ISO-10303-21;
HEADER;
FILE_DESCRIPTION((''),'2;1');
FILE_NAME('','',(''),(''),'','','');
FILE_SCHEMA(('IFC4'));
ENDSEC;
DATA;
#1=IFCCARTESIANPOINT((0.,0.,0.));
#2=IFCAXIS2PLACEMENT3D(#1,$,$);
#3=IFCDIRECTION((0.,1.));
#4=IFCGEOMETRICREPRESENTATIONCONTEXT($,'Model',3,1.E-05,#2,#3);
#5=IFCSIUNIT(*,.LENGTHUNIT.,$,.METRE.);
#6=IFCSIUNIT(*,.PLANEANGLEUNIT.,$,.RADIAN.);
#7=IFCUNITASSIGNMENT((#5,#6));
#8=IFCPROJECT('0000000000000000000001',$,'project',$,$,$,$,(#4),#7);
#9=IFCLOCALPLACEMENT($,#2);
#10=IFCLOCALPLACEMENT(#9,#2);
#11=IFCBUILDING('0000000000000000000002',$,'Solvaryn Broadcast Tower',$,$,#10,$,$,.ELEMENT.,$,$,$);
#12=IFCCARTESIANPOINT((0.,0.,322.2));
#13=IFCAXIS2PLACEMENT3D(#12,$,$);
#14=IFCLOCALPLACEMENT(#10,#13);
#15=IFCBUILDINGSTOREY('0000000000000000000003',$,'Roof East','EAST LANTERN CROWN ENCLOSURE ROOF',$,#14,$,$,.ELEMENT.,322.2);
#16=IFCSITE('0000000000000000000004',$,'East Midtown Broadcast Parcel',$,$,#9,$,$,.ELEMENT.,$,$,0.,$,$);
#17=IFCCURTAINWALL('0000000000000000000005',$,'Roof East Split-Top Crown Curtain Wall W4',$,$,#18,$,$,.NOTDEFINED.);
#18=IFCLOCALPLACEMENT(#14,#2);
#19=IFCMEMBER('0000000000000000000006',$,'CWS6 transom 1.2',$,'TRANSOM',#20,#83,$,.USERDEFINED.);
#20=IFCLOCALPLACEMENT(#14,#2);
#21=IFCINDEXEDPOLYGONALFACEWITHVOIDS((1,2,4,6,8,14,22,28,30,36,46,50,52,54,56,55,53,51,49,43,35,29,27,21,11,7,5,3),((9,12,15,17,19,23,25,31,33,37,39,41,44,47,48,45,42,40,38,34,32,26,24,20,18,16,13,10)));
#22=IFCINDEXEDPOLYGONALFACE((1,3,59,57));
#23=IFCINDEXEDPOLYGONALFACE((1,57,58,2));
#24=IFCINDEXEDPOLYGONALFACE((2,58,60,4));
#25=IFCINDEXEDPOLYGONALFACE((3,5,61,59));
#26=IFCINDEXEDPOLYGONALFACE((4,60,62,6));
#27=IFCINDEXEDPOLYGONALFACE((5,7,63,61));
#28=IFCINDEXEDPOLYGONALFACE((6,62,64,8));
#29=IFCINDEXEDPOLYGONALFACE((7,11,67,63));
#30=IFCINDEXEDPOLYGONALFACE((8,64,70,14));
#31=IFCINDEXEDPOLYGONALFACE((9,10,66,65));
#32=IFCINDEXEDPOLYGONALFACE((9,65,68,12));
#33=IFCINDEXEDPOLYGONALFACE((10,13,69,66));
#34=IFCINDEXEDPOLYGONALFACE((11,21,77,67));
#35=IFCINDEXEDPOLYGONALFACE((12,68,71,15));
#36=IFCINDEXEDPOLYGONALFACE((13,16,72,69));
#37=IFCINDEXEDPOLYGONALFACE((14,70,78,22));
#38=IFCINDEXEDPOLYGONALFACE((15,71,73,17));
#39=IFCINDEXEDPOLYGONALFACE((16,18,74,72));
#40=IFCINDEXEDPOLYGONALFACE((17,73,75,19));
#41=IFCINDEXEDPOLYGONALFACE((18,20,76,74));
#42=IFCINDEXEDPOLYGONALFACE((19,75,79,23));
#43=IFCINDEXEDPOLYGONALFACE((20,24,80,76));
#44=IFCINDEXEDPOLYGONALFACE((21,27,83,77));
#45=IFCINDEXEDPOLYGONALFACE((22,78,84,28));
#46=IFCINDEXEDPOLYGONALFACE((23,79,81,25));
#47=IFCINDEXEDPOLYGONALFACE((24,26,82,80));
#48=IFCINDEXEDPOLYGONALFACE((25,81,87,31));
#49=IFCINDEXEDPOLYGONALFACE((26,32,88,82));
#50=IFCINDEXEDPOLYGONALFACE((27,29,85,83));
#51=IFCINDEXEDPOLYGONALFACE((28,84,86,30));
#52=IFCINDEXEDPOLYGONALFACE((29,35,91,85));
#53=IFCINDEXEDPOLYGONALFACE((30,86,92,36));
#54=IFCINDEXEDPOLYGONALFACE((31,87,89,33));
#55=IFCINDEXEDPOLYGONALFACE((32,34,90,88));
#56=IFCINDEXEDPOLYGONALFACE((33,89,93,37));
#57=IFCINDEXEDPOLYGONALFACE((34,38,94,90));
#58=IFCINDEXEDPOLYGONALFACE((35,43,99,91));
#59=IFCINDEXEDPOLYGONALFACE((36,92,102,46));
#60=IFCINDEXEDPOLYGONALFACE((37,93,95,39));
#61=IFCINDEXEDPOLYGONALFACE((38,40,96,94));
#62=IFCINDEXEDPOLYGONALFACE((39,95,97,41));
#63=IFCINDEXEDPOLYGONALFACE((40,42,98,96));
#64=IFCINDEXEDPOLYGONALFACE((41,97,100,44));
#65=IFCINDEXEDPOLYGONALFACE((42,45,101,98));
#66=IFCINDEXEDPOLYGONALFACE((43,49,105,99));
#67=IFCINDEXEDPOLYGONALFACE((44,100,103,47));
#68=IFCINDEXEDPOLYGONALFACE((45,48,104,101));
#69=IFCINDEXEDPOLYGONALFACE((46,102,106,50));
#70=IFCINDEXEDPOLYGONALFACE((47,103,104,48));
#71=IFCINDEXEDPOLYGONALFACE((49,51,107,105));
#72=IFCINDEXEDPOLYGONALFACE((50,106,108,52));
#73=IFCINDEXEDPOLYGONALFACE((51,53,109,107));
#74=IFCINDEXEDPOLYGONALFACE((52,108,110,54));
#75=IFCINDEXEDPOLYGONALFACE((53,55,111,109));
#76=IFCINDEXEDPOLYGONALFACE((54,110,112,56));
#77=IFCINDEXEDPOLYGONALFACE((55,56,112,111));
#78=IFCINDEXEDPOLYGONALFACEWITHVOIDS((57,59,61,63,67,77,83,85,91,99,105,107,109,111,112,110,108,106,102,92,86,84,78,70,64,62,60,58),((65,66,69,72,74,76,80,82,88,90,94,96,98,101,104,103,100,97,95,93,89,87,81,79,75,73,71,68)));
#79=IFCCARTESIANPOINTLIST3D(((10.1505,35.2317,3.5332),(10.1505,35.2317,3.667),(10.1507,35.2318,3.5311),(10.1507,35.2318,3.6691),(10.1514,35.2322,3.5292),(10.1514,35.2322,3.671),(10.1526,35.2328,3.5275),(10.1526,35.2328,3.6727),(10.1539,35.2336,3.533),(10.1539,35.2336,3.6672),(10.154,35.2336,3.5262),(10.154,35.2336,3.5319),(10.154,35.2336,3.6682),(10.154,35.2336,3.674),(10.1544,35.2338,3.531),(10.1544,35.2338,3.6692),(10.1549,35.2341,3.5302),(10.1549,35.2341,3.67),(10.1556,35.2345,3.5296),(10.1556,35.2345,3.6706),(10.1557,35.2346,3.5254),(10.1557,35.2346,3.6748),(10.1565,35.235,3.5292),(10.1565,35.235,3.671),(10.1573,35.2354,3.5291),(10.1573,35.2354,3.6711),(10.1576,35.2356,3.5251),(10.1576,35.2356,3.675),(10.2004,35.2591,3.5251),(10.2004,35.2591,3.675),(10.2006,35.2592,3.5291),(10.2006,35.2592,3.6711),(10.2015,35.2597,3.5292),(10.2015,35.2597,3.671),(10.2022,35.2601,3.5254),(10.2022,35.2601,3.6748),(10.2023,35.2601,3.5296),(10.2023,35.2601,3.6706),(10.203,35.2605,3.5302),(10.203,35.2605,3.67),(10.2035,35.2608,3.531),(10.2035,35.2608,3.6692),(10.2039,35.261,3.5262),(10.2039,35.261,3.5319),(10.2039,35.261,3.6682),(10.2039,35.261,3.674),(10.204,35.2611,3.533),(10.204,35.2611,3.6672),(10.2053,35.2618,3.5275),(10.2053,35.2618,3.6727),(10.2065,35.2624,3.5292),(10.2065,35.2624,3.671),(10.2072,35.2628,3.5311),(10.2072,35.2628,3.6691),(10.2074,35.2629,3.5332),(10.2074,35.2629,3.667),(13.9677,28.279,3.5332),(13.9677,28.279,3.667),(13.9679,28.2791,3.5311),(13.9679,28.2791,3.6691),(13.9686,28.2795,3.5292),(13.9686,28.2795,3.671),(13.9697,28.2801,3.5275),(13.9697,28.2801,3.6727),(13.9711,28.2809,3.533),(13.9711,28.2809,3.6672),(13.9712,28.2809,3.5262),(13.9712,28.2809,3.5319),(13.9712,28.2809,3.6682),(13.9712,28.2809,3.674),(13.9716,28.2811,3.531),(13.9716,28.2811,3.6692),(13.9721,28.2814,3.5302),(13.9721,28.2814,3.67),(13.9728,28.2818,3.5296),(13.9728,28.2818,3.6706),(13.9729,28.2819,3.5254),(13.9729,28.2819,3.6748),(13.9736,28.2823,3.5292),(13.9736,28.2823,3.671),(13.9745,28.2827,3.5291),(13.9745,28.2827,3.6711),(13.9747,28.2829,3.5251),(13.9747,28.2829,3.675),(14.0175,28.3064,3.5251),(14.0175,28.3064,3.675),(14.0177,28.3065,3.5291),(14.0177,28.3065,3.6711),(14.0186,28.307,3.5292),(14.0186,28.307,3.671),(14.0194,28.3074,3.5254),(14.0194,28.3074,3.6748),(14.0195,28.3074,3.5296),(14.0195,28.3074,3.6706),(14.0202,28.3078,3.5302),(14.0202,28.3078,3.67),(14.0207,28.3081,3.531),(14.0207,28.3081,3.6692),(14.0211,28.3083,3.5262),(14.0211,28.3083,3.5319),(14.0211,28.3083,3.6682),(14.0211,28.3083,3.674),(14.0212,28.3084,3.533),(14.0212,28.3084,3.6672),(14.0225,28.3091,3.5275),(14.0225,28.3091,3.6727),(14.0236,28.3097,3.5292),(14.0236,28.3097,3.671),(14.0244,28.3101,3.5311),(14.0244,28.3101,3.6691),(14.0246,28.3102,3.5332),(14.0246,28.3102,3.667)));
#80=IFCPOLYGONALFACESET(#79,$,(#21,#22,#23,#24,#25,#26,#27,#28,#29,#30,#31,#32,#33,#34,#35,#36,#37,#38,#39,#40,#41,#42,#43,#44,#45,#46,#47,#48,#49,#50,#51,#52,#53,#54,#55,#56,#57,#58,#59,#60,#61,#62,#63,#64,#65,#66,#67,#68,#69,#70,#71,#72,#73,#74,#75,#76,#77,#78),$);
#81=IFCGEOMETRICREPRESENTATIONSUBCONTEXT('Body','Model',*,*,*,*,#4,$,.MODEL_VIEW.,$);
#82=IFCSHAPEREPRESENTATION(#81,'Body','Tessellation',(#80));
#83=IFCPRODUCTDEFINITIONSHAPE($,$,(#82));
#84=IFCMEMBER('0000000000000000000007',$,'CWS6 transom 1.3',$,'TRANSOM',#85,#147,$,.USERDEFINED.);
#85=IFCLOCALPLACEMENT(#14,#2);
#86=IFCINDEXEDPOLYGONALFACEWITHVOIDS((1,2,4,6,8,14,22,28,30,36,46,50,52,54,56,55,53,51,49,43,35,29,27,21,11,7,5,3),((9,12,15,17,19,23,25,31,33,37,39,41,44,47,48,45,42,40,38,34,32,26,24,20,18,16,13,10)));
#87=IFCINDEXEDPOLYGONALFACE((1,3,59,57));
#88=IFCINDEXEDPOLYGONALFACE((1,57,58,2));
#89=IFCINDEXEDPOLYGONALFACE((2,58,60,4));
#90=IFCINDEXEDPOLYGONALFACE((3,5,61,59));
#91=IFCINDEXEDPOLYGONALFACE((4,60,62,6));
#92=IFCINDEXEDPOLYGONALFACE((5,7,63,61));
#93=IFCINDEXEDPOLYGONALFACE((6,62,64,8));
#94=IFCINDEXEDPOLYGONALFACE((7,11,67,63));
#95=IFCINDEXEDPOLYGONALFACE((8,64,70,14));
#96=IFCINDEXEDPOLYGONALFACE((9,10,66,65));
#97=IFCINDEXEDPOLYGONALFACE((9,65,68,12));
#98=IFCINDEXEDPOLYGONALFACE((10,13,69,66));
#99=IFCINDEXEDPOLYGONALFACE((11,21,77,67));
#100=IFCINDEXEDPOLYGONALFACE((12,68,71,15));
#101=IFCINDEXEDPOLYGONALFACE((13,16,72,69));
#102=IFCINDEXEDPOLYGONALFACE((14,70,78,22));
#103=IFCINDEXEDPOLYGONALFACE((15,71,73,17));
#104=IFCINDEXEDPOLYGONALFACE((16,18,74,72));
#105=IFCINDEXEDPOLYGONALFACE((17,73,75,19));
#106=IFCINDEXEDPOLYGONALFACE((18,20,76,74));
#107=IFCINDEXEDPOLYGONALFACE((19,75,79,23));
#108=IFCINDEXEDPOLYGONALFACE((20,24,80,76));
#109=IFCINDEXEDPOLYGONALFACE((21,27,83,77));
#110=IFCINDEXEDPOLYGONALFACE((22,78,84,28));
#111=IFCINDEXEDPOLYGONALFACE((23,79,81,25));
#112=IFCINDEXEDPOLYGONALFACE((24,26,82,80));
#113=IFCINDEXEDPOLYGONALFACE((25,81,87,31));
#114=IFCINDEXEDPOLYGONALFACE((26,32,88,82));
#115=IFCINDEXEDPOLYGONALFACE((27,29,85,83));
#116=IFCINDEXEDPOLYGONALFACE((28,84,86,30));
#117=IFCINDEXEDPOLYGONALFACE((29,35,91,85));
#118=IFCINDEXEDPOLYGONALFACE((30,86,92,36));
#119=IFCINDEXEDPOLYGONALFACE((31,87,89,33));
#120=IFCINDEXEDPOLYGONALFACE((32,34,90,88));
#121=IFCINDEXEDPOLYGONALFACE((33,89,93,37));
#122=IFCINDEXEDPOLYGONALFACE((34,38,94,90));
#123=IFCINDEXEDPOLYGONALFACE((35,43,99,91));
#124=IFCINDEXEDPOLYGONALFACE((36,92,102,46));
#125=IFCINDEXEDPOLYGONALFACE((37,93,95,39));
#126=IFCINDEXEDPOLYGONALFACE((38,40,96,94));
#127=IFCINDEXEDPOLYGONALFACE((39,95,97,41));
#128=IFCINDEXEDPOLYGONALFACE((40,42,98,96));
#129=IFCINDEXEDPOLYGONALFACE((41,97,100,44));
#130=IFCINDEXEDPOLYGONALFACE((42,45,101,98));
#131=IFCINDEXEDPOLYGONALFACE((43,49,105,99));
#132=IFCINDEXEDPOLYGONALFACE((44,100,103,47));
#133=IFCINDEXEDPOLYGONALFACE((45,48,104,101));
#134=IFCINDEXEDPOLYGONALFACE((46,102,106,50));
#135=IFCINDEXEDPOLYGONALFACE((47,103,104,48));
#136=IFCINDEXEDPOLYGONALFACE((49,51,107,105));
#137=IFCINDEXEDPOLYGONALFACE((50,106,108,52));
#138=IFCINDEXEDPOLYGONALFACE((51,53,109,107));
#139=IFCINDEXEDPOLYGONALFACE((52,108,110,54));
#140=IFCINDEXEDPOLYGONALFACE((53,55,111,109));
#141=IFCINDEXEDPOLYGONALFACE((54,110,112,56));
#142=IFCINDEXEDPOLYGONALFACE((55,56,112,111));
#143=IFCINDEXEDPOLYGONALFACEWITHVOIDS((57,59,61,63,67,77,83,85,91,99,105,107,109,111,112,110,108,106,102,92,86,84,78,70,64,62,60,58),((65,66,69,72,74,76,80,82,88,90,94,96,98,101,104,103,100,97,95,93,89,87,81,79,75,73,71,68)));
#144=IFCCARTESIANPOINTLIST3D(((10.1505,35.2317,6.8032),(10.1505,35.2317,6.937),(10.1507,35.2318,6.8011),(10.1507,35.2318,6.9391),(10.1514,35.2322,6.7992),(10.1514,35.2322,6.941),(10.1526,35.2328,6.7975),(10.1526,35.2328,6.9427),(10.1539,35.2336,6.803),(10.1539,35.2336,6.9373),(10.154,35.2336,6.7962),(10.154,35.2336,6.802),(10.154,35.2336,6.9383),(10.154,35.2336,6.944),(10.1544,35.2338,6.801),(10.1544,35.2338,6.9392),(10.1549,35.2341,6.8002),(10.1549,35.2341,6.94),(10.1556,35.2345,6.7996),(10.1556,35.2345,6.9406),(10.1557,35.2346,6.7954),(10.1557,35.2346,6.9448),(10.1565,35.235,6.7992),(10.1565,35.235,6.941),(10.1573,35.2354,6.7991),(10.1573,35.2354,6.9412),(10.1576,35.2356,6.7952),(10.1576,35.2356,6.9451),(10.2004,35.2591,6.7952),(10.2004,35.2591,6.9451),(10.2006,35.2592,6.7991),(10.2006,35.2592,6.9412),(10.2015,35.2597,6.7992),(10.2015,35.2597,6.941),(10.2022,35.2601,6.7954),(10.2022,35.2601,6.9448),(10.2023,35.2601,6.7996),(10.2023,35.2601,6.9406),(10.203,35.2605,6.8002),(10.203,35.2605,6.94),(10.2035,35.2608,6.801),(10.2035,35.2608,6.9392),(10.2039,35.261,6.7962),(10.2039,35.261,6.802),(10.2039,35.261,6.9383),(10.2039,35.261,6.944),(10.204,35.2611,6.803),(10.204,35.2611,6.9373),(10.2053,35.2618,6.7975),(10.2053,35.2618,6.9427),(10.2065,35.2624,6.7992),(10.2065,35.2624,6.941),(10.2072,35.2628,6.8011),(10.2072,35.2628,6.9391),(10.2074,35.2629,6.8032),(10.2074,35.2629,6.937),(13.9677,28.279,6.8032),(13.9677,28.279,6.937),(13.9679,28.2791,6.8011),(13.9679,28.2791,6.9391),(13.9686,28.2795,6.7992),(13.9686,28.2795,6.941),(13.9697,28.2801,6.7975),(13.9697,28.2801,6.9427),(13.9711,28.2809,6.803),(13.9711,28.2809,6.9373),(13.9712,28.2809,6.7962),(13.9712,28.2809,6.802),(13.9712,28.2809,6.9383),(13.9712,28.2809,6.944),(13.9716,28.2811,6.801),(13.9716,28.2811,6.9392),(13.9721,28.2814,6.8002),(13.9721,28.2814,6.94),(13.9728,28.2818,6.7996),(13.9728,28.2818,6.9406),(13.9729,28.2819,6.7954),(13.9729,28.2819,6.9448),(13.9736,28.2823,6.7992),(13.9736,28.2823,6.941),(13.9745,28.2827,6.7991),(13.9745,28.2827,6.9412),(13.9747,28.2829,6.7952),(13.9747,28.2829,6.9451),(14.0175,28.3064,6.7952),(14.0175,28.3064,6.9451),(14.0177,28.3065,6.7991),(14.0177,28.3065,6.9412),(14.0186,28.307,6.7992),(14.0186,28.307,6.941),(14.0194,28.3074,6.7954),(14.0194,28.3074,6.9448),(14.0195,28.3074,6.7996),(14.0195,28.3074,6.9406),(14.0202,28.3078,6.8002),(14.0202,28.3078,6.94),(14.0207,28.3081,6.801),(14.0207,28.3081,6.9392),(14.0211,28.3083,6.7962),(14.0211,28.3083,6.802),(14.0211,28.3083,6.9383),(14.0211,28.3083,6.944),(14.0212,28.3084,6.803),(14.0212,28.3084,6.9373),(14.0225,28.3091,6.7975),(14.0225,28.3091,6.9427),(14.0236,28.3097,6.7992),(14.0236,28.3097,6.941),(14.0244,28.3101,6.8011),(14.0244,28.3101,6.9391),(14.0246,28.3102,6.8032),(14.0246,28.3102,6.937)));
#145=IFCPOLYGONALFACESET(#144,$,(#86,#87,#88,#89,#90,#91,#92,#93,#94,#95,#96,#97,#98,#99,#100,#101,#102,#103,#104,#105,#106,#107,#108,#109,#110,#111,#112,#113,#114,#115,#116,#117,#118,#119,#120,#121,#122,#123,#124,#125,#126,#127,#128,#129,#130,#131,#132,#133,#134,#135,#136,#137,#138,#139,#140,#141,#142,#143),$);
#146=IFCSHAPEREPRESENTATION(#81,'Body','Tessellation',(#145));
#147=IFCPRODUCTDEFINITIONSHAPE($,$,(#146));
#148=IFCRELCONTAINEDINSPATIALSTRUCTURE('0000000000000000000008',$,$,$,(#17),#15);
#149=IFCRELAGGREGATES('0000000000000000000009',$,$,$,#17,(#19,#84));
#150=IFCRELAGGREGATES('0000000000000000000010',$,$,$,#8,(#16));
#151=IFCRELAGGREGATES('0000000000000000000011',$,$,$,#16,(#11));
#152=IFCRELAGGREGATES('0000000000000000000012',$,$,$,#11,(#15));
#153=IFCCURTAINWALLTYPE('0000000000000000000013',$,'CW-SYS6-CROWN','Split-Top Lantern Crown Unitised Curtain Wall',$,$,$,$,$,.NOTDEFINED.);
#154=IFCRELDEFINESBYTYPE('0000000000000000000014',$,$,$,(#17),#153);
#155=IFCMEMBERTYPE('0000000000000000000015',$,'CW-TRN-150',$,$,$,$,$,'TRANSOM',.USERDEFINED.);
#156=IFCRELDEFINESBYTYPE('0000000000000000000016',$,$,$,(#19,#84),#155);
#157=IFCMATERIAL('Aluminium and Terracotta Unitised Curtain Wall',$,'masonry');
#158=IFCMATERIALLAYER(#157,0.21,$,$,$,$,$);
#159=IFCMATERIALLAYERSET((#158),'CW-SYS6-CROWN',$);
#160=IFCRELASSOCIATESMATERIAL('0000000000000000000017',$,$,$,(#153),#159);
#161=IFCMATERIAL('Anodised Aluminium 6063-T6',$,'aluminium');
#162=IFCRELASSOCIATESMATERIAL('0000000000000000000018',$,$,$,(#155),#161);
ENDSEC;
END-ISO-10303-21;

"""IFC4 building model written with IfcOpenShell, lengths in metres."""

from ifc_helpers import new_model, si_unit, direction, frame, origin, origin_2d, place, context, subcontext, project, spatial, hollow_rectangle, extrude, material, layer, layer_set, material_profile, profile_set, type_object, element, aggregate, save


model = new_model("IFC4")

# Units and contexts
model_context = context("Model", 3, precision=1e-05, world=origin(), true_north=direction((0.0, 1.0)))
body_context = subcontext(model_context, "Body", "Model", "MODEL_VIEW")
ifc_project = project(units=[si_unit("LENGTHUNIT", "METRE"), si_unit("PLANEANGLEUNIT", "RADIAN")], contexts=[model_context])

# Site, building, storey
site_placement = place(None, origin())
site = spatial("IfcSite", under=ifc_project, at=site_placement, Name="East Midtown Broadcast Parcel", CompositionType="ELEMENT", RefElevation=0.0)
building_placement = place(site_placement, origin())
building = spatial("IfcBuilding", under=site, at=building_placement, Name="Solvaryn Broadcast Tower", CompositionType="ELEMENT")
storey_placement = place(building_placement, frame((0.0, 0.0, 322.2)))
storey = spatial("IfcBuildingStorey", under=building, at=storey_placement, Name="Roof East", Description="EAST LANTERN CROWN ENCLOSURE ROOF", CompositionType="ELEMENT", Elevation=322.2)

# Curtain wall
ifc_material_1 = material(Name="Aluminium and Terracotta Unitised Curtain Wall", Category="masonry")
ifc_layer_1 = layer(ifc_material_1, 0.21)
ifc_layer_set_1 = layer_set([ifc_layer_1], Name="CW-SYS6-CROWN")
curtain_wall_type = type_object("IfcCurtainWallType", Name="CW-SYS6-CROWN", Description="Split-Top Lantern Crown Unitised Curtain Wall", PredefinedType="NOTDEFINED", material=ifc_layer_set_1)
curtain_wall_1_placement = place(storey_placement, origin())
curtain_wall_1 = element("IfcCurtainWall", 1, at=curtain_wall_1_placement, inside=storey, type_object=curtain_wall_type, Name="Roof East Split-Top Crown Curtain Wall W4", PredefinedType="NOTDEFINED")

# Members
ifc_material_2 = material(Name="Anodised Aluminium 6063-T6", Category="aluminium")
ifc_material_profile_1 = material_profile(ifc_material_2, hollow_rectangle(XDim=0.0649, YDim=0.1499, WallThickness=0.0039, InnerFilletRadius=0.0039, OuterFilletRadius=0.0081, at=origin_2d()))
ifc_profile_set_1 = profile_set([ifc_material_profile_1], Name="Anodised Aluminium 6063-T6")
member_type_1 = type_object("IfcMemberType", Name="CW-TRN-150", ElementType="TRANSOM", PredefinedType="USERDEFINED", material=ifc_profile_set_1)
member_1_placement = place(storey_placement, frame((10.179, 35.2473, 3.6001), z_axis=(0.481259, -0.876578, 0.0), x_axis=(0.876578, 0.481259, 0.0)))
member_1 = element("IfcMember", 2, at=member_1_placement, type_object=member_type_1, Name="CWS6 transom 1.2", ObjectType="TRANSOM", PredefinedType="USERDEFINED", context=body_context, shape_type="SweptSolid", body=[
    extrude(hollow_rectangle(XDim=0.0649, YDim=0.1499, WallThickness=0.0039, InnerFilletRadius=0.0039, OuterFilletRadius=0.0081, at=origin_2d()), origin(), (0.0, 0.0, 1.0), 7.9316),
])
member_2_placement = place(storey_placement, frame((10.179, 35.2473, 6.8701), z_axis=(0.481259, -0.876578, 0.0), x_axis=(0.876578, 0.481259, 0.0)))
member_2 = element("IfcMember", 3, at=member_2_placement, type_object=member_type_1, Name="CWS6 transom 1.3", ObjectType="TRANSOM", PredefinedType="USERDEFINED", context=body_context, shape_type="SweptSolid", body=[
    extrude(hollow_rectangle(XDim=0.0649, YDim=0.1499, WallThickness=0.0039, InnerFilletRadius=0.0039, OuterFilletRadius=0.0081, at=origin_2d()), origin(), (0.0, 0.0, 1.0), 7.9316),
])

aggregate(curtain_wall_1, [member_1, member_2])

save(model, "model.ifc")
